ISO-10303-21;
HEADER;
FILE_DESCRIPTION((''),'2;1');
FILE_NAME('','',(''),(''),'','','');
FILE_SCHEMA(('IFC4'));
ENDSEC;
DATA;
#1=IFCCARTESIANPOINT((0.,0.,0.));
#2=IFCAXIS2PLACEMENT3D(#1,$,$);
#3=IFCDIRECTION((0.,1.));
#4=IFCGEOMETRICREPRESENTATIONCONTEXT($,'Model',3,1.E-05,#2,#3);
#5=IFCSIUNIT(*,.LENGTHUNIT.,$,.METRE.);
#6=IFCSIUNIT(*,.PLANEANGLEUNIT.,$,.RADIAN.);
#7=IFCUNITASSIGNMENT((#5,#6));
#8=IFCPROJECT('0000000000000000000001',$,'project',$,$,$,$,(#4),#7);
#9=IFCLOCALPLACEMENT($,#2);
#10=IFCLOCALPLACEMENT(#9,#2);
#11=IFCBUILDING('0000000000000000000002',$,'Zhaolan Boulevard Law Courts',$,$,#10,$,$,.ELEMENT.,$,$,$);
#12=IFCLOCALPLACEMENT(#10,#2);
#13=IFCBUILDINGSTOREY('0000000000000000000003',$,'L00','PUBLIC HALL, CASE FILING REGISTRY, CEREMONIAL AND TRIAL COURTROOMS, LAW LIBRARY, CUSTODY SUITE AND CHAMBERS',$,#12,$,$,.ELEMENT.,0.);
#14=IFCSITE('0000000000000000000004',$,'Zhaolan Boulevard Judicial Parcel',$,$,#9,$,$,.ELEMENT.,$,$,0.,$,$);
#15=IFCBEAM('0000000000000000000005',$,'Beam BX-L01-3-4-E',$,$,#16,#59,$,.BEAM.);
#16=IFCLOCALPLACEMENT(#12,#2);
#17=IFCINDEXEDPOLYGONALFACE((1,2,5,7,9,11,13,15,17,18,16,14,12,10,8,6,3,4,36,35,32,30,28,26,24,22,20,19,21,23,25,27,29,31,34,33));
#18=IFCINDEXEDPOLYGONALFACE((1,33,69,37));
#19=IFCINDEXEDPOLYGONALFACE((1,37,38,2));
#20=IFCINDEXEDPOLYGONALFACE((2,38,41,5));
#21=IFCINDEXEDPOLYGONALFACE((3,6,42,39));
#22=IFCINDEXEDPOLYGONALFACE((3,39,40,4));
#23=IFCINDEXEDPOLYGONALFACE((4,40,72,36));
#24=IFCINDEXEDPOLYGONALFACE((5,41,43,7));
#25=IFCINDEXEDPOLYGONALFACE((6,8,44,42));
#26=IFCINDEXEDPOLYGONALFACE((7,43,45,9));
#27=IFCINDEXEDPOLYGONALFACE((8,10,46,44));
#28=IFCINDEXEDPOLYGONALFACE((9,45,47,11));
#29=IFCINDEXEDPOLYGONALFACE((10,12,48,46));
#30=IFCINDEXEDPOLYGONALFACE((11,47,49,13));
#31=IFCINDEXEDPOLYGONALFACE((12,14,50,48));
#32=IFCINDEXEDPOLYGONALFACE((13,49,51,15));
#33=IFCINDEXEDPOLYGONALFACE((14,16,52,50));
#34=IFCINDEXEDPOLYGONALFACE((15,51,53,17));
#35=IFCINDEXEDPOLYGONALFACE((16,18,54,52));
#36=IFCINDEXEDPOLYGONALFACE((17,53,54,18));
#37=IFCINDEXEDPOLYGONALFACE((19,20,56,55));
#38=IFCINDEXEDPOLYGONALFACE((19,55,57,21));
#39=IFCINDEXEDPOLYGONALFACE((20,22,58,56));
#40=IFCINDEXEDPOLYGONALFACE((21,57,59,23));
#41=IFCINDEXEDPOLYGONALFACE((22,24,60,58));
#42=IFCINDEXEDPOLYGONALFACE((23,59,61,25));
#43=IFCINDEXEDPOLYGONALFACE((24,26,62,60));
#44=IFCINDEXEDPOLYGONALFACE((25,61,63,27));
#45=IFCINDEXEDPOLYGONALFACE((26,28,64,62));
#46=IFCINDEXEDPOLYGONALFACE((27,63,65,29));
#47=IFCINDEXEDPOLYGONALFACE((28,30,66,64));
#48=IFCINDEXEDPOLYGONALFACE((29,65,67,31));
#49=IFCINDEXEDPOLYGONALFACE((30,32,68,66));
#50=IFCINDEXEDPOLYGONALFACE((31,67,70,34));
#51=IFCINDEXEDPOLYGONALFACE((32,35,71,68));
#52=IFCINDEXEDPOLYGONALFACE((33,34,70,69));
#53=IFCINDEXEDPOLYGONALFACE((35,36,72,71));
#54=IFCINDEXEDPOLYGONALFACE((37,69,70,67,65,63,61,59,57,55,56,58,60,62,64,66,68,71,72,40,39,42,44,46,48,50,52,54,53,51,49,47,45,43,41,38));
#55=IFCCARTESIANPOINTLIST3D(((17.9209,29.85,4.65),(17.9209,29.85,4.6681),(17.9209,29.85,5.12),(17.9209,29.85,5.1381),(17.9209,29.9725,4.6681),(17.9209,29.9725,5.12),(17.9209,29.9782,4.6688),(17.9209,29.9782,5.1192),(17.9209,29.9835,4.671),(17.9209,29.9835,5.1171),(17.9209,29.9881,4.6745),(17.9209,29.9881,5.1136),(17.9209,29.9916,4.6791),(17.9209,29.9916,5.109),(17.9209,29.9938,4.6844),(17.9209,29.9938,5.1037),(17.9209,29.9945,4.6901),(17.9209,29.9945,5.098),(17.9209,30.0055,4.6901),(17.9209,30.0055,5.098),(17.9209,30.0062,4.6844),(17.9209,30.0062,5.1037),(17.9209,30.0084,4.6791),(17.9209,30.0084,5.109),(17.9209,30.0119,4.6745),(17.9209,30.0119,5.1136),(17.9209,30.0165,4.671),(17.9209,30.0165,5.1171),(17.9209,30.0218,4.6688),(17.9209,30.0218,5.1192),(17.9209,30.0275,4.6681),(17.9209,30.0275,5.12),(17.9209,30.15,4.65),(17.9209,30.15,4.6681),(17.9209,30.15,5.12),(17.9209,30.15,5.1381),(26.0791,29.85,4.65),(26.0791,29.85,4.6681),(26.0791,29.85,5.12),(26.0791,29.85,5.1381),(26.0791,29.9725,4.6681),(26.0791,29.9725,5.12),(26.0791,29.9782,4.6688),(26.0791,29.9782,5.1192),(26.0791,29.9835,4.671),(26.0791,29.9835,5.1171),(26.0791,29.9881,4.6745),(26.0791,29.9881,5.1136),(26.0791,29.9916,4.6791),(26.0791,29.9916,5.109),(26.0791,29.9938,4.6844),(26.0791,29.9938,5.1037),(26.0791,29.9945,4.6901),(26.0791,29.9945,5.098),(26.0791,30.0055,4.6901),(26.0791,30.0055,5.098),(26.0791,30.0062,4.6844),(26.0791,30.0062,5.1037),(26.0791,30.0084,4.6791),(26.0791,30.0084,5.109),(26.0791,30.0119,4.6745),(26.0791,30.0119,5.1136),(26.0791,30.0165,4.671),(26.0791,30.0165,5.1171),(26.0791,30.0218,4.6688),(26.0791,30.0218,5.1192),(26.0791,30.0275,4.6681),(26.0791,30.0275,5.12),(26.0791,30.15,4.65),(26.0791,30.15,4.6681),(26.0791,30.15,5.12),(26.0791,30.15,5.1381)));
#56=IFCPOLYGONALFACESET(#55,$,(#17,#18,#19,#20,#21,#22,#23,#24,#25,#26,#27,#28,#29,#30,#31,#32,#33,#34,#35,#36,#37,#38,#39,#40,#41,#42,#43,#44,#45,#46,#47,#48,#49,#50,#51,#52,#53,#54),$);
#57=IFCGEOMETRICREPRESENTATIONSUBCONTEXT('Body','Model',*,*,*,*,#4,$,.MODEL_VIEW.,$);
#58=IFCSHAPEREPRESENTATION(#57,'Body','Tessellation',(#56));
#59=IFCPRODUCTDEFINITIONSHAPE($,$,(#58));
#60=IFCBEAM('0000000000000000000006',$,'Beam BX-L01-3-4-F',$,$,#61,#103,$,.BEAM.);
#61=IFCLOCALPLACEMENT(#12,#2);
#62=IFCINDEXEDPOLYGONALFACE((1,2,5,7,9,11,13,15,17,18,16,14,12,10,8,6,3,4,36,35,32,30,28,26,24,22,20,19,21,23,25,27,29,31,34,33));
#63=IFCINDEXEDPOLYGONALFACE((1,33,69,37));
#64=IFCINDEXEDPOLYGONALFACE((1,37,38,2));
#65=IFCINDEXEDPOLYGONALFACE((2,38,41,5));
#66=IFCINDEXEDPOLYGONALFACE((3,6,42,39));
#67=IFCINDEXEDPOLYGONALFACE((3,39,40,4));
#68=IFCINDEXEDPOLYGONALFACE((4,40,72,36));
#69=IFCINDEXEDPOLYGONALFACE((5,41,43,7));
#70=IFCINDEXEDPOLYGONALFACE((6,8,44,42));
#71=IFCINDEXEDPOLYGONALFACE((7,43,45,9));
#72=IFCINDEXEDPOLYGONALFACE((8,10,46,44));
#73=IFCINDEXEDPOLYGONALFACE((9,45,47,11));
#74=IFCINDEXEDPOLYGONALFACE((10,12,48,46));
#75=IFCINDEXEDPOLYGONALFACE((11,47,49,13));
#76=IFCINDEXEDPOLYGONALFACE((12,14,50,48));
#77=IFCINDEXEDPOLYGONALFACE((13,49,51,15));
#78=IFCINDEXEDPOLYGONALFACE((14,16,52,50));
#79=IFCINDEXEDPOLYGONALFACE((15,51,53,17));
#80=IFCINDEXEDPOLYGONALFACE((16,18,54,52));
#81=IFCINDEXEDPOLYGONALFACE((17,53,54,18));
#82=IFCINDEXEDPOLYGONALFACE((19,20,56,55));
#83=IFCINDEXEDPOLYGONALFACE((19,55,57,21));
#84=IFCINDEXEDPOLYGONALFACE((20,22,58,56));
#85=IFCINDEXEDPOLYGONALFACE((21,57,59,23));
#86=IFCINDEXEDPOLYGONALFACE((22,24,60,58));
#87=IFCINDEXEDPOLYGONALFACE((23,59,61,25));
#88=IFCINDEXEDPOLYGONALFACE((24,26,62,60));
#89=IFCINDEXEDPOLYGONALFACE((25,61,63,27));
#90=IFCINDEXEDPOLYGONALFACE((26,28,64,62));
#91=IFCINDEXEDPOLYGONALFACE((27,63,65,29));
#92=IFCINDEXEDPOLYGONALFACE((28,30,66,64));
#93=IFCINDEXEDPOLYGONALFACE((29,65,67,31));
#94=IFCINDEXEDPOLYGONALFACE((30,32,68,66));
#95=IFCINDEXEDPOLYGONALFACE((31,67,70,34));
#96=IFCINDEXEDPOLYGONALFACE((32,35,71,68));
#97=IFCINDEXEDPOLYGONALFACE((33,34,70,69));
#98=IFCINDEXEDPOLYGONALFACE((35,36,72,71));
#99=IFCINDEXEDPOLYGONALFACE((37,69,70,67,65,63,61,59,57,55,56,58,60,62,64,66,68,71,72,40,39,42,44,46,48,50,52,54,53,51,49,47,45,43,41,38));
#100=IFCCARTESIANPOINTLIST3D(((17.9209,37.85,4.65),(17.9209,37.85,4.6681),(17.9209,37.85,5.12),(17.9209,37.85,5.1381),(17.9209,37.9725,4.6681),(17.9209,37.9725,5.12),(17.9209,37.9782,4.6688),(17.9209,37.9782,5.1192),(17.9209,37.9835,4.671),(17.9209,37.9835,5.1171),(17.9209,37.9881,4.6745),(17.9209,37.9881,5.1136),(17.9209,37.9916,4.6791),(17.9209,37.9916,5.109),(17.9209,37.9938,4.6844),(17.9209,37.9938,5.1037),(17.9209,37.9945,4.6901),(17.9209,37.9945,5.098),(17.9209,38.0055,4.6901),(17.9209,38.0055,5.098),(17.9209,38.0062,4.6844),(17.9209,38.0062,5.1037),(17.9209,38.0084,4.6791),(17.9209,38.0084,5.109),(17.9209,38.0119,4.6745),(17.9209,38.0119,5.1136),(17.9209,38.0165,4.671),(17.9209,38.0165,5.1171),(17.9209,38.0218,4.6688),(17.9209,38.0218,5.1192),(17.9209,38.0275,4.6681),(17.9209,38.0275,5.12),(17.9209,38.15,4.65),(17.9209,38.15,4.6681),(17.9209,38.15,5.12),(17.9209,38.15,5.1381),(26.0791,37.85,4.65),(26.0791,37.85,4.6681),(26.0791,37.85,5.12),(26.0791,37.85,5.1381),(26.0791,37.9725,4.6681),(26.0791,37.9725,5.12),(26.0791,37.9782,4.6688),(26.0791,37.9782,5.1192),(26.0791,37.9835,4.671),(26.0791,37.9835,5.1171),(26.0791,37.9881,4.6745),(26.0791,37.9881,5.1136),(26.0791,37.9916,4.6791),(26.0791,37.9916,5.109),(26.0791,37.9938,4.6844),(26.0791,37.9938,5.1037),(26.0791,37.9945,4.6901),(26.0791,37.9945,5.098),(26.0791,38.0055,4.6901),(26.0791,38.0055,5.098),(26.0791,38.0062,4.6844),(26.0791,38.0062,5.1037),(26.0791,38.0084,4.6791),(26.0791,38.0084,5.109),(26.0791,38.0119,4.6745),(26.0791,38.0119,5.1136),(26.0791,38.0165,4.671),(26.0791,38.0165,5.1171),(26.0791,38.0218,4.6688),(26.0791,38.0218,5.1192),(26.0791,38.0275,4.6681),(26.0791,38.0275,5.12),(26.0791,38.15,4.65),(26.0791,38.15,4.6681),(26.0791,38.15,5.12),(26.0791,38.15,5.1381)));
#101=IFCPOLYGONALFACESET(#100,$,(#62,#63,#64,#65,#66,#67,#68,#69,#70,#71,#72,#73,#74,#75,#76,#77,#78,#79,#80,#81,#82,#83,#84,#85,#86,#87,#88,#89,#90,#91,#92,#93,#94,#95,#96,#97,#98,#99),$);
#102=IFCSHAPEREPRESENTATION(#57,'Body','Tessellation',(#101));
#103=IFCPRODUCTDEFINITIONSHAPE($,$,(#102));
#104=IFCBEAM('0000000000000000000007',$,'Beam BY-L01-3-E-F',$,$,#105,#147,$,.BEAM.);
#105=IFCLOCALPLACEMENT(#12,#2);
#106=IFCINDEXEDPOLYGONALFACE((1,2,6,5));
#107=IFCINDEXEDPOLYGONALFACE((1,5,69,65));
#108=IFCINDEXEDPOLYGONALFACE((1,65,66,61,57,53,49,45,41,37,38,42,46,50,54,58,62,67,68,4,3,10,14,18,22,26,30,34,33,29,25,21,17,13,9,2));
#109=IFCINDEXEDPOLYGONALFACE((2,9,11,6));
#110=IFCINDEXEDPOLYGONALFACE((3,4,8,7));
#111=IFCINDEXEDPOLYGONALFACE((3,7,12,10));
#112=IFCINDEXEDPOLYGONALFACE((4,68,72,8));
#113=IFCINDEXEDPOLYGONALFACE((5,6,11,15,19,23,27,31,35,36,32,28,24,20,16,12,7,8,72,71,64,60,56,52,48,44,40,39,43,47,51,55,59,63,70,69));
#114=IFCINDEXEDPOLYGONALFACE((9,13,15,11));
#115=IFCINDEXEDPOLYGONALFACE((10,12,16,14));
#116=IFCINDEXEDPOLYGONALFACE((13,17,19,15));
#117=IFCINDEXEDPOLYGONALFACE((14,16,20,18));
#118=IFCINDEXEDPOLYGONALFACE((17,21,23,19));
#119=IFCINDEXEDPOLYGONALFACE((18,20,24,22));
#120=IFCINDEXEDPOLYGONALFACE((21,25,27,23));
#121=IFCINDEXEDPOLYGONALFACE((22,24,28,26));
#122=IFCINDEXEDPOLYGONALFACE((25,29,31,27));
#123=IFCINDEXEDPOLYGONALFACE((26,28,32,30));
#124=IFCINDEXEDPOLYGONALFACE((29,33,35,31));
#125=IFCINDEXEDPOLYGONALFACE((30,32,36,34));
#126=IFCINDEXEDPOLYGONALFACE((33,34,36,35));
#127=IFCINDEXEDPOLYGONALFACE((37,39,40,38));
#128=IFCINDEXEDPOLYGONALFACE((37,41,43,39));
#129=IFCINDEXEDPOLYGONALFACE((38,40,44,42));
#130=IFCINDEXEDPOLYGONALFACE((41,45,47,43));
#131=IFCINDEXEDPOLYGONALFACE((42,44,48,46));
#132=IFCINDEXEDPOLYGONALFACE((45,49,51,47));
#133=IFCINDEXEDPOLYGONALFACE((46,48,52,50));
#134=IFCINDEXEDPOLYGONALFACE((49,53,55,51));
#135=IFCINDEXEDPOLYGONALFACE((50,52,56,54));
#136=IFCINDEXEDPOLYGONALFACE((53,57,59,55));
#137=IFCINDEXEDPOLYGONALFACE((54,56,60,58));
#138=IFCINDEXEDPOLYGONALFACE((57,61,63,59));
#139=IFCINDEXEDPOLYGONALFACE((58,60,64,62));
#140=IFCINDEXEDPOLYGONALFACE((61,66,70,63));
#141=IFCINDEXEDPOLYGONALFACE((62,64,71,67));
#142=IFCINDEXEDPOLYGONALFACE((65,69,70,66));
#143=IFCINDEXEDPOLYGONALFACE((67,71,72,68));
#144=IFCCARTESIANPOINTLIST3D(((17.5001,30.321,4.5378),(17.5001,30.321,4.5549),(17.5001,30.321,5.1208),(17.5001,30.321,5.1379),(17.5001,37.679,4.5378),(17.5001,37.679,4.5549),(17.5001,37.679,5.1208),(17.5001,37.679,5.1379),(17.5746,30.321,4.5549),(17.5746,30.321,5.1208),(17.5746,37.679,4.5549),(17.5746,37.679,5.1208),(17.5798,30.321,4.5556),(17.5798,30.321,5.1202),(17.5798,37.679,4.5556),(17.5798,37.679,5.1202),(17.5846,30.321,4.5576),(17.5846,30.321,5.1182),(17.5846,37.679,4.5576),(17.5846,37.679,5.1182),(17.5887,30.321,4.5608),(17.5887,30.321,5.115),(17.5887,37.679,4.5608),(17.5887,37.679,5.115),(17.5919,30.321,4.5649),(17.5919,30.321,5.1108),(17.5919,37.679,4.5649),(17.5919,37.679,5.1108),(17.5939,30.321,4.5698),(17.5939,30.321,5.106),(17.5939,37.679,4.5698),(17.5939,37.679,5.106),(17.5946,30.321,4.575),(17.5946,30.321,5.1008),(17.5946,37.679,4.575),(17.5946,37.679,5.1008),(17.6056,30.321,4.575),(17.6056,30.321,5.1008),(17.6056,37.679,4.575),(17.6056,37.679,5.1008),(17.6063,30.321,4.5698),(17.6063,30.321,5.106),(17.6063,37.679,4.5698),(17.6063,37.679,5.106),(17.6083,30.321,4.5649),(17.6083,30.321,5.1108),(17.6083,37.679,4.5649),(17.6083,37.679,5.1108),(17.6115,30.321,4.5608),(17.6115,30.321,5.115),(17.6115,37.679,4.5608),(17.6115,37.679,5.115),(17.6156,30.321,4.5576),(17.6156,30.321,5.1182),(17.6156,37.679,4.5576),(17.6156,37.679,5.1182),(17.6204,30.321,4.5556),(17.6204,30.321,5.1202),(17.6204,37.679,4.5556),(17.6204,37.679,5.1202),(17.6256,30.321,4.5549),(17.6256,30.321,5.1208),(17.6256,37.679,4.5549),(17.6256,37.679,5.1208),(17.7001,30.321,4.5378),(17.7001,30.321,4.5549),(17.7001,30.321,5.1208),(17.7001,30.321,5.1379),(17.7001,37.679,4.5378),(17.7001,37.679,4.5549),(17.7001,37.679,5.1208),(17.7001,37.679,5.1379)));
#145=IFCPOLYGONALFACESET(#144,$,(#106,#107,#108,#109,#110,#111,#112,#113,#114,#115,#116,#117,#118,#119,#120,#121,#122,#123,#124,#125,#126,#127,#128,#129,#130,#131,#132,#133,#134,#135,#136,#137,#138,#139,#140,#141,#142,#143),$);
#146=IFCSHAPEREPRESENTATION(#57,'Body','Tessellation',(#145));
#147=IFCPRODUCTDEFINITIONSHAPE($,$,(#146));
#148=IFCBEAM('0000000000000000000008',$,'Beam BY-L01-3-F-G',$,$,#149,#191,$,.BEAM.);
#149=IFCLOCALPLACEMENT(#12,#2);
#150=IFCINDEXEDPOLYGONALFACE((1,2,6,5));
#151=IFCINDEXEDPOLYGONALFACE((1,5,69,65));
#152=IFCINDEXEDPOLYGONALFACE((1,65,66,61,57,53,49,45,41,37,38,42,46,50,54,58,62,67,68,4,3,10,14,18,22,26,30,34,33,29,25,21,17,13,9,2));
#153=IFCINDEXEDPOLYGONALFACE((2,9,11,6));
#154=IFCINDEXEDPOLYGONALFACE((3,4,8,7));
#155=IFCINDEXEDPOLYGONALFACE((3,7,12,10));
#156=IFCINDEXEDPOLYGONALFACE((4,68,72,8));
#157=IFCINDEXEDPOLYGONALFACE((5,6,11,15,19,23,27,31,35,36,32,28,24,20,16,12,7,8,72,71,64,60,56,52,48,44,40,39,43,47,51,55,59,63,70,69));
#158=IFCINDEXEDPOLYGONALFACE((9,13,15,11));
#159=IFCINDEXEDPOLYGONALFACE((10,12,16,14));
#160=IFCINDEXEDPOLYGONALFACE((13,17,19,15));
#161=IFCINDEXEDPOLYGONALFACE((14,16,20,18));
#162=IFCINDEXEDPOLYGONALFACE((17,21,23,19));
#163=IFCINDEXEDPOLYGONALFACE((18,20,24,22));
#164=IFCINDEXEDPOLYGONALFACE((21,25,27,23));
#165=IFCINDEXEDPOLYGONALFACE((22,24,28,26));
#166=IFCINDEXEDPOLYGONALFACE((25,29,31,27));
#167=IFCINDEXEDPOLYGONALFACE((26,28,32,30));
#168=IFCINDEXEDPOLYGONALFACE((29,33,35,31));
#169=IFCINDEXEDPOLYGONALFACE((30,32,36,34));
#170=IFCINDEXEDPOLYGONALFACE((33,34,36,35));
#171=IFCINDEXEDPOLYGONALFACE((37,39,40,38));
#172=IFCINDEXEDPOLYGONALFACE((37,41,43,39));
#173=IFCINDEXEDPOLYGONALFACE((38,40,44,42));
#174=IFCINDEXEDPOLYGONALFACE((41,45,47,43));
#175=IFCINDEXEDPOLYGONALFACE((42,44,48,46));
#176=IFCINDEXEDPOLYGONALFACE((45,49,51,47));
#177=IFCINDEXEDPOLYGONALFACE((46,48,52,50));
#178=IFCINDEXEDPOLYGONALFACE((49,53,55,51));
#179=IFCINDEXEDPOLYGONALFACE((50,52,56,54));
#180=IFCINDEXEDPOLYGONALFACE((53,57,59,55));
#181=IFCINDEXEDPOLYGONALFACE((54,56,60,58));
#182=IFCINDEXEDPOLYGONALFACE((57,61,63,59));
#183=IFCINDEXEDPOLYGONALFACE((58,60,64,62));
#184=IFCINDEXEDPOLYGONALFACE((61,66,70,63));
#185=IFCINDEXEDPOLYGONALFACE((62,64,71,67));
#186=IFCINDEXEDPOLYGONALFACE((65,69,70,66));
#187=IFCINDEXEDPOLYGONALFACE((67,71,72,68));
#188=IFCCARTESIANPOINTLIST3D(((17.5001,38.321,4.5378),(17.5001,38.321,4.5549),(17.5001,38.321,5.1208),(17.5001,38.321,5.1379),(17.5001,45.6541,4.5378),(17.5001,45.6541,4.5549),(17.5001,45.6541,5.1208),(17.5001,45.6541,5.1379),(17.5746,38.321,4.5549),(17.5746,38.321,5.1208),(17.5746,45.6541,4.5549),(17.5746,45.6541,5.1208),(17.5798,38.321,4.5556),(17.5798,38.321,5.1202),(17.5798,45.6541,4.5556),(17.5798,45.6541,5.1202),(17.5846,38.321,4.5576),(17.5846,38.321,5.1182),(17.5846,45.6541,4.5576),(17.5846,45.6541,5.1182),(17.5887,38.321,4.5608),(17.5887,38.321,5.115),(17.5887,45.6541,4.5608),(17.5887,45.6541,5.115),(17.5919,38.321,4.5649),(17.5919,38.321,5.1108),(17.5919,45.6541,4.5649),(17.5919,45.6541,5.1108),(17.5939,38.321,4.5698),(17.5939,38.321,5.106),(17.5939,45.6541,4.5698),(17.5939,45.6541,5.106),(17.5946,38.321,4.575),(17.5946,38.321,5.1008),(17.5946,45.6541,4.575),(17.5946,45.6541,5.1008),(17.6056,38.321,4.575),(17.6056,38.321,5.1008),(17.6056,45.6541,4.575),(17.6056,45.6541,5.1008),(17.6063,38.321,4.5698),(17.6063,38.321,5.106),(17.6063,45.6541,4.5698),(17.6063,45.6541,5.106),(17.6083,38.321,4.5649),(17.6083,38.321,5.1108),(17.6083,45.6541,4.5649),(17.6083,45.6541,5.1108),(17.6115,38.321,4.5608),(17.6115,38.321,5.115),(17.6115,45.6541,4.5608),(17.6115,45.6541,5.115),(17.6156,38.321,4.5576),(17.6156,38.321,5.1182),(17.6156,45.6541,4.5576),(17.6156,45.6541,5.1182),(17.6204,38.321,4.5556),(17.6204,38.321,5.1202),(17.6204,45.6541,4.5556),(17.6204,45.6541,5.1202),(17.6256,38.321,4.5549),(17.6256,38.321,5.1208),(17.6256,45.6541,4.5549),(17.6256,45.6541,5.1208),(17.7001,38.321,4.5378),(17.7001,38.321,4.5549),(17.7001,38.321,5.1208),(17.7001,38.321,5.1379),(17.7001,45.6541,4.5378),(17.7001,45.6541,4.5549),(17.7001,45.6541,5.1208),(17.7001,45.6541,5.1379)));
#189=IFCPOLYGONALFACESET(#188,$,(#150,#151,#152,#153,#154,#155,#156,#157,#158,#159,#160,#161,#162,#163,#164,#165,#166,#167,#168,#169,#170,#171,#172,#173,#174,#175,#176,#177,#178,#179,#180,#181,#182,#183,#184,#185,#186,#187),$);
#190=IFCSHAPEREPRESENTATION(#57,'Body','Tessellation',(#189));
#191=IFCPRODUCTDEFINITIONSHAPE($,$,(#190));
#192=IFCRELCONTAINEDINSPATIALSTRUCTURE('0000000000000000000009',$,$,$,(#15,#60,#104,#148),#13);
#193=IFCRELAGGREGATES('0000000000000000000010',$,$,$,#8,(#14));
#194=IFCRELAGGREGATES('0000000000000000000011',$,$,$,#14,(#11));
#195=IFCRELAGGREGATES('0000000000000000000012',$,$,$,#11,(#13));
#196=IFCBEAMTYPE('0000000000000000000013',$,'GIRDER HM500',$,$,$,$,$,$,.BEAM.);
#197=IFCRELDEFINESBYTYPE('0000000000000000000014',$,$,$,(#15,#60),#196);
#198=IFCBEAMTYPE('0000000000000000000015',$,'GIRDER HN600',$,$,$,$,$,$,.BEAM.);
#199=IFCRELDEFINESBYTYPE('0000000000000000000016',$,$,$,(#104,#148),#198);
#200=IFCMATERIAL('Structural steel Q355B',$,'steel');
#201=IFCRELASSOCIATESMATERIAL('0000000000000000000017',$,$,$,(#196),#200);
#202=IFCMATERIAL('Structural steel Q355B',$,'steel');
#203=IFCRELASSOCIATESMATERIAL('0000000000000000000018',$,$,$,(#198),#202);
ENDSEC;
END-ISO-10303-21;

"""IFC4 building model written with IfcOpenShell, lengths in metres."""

from ifc_helpers import new_model, si_unit, direction, frame, origin, origin_2d, place, context, subcontext, project, spatial, i_section, extrude, material, material_profile, profile_set, type_object, element, save


model = new_model("IFC4")

# Units and contexts
model_context = context("Model", 3, precision=1e-05, world=origin(), true_north=direction((0.0, 1.0)))
body_context = subcontext(model_context, "Body", "Model", "MODEL_VIEW")
ifc_project = project(units=[si_unit("LENGTHUNIT", "METRE"), si_unit("PLANEANGLEUNIT", "RADIAN")], contexts=[model_context])

# Site, building, storey
site_placement = place(None, origin())
site = spatial("IfcSite", under=ifc_project, at=site_placement, Name="Zhaolan Boulevard Judicial Parcel", CompositionType="ELEMENT", RefElevation=0.0)
building_placement = place(site_placement, origin())
building = spatial("IfcBuilding", under=site, at=building_placement, Name="Zhaolan Boulevard Law Courts", CompositionType="ELEMENT")
storey_placement = place(building_placement, origin())
storey = spatial("IfcBuildingStorey", under=building, at=storey_placement, Name="L00", Description="PUBLIC HALL, CASE FILING REGISTRY, CEREMONIAL AND TRIAL COURTROOMS, LAW LIBRARY, CUSTODY SUITE AND CHAMBERS", CompositionType="ELEMENT", Elevation=0.0)

# Beams
ifc_material_1 = material(Name="Structural steel Q355B", Category="steel")
ifc_material_profile_1 = material_profile(ifc_material_1, i_section(OverallWidth=0.3, OverallDepth=0.488, WebThickness=0.011, FlangeThickness=0.0181, FilletRadius=0.022, at=origin_2d()), Name="HM488x300")
ifc_profile_set_1 = profile_set([ifc_material_profile_1], Name="Structural steel Q355B")
beam_type_1 = type_object("IfcBeamType", Name="GIRDER HM500", PredefinedType="BEAM", material=ifc_profile_set_1)
for number, where, z_axis, x_axis, name in (
    (1, (17.9209, 30.0, 4.894), (1.0, 0.0, 0.0), (0.0, 1.0, 0.0), "Beam BX-L01-3-4-E"),
    (2, (17.9209, 38.0, 4.894), (1.0, 0.0, 0.0), (0.0, 1.0, 0.0), "Beam BX-L01-3-4-F"),
):
    element("IfcBeam", number, at=place(storey_placement, frame(where, z_axis=z_axis, x_axis=x_axis)), inside=storey, type_object=beam_type_1, Name=name, PredefinedType="BEAM", context=body_context, shape_type="SweptSolid", body=[
        extrude(i_section(OverallWidth=0.3, OverallDepth=0.488, WebThickness=0.011, FlangeThickness=0.0181, FilletRadius=0.022, at=origin_2d()), origin(), (0.0, 0.0, 1.0), 8.1582),
    ])
ifc_material_2 = material(Name="Structural steel Q355B", Category="steel")
ifc_material_profile_2 = material_profile(ifc_material_2, i_section(OverallWidth=0.2, OverallDepth=0.6001, WebThickness=0.011, FlangeThickness=0.0171, FilletRadius=0.02, at=origin_2d()), Name="HN600x200")
ifc_profile_set_2 = profile_set([ifc_material_profile_2], Name="Structural steel Q355B")
beam_type_2 = type_object("IfcBeamType", Name="GIRDER HN600", PredefinedType="BEAM", material=ifc_profile_set_2)
beam_1_placement = place(storey_placement, frame((17.6001, 30.321, 4.8379), z_axis=(0.0, 1.0, 0.0), x_axis=(-1.0, 0.0, 0.0)))
element("IfcBeam", 3, at=beam_1_placement, inside=storey, type_object=beam_type_2, Name="Beam BY-L01-3-E-F", PredefinedType="BEAM", context=body_context, shape_type="SweptSolid", body=[
    extrude(i_section(OverallWidth=0.2, OverallDepth=0.6001, WebThickness=0.011, FlangeThickness=0.0171, FilletRadius=0.02, at=origin_2d()), origin(), (0.0, 0.0, 1.0), 7.3579),
])
beam_2_placement = place(storey_placement, frame((17.6001, 38.321, 4.8379), z_axis=(0.0, 1.0, 0.0), x_axis=(-1.0, 0.0, 0.0)))
element("IfcBeam", 4, at=beam_2_placement, inside=storey, type_object=beam_type_2, Name="Beam BY-L01-3-F-G", PredefinedType="BEAM", context=body_context, shape_type="SweptSolid", body=[
    extrude(i_section(OverallWidth=0.2, OverallDepth=0.6001, WebThickness=0.011, FlangeThickness=0.0171, FilletRadius=0.02, at=origin_2d()), origin(), (0.0, 0.0, 1.0), 7.333),
])

save(model, "model.ifc")
